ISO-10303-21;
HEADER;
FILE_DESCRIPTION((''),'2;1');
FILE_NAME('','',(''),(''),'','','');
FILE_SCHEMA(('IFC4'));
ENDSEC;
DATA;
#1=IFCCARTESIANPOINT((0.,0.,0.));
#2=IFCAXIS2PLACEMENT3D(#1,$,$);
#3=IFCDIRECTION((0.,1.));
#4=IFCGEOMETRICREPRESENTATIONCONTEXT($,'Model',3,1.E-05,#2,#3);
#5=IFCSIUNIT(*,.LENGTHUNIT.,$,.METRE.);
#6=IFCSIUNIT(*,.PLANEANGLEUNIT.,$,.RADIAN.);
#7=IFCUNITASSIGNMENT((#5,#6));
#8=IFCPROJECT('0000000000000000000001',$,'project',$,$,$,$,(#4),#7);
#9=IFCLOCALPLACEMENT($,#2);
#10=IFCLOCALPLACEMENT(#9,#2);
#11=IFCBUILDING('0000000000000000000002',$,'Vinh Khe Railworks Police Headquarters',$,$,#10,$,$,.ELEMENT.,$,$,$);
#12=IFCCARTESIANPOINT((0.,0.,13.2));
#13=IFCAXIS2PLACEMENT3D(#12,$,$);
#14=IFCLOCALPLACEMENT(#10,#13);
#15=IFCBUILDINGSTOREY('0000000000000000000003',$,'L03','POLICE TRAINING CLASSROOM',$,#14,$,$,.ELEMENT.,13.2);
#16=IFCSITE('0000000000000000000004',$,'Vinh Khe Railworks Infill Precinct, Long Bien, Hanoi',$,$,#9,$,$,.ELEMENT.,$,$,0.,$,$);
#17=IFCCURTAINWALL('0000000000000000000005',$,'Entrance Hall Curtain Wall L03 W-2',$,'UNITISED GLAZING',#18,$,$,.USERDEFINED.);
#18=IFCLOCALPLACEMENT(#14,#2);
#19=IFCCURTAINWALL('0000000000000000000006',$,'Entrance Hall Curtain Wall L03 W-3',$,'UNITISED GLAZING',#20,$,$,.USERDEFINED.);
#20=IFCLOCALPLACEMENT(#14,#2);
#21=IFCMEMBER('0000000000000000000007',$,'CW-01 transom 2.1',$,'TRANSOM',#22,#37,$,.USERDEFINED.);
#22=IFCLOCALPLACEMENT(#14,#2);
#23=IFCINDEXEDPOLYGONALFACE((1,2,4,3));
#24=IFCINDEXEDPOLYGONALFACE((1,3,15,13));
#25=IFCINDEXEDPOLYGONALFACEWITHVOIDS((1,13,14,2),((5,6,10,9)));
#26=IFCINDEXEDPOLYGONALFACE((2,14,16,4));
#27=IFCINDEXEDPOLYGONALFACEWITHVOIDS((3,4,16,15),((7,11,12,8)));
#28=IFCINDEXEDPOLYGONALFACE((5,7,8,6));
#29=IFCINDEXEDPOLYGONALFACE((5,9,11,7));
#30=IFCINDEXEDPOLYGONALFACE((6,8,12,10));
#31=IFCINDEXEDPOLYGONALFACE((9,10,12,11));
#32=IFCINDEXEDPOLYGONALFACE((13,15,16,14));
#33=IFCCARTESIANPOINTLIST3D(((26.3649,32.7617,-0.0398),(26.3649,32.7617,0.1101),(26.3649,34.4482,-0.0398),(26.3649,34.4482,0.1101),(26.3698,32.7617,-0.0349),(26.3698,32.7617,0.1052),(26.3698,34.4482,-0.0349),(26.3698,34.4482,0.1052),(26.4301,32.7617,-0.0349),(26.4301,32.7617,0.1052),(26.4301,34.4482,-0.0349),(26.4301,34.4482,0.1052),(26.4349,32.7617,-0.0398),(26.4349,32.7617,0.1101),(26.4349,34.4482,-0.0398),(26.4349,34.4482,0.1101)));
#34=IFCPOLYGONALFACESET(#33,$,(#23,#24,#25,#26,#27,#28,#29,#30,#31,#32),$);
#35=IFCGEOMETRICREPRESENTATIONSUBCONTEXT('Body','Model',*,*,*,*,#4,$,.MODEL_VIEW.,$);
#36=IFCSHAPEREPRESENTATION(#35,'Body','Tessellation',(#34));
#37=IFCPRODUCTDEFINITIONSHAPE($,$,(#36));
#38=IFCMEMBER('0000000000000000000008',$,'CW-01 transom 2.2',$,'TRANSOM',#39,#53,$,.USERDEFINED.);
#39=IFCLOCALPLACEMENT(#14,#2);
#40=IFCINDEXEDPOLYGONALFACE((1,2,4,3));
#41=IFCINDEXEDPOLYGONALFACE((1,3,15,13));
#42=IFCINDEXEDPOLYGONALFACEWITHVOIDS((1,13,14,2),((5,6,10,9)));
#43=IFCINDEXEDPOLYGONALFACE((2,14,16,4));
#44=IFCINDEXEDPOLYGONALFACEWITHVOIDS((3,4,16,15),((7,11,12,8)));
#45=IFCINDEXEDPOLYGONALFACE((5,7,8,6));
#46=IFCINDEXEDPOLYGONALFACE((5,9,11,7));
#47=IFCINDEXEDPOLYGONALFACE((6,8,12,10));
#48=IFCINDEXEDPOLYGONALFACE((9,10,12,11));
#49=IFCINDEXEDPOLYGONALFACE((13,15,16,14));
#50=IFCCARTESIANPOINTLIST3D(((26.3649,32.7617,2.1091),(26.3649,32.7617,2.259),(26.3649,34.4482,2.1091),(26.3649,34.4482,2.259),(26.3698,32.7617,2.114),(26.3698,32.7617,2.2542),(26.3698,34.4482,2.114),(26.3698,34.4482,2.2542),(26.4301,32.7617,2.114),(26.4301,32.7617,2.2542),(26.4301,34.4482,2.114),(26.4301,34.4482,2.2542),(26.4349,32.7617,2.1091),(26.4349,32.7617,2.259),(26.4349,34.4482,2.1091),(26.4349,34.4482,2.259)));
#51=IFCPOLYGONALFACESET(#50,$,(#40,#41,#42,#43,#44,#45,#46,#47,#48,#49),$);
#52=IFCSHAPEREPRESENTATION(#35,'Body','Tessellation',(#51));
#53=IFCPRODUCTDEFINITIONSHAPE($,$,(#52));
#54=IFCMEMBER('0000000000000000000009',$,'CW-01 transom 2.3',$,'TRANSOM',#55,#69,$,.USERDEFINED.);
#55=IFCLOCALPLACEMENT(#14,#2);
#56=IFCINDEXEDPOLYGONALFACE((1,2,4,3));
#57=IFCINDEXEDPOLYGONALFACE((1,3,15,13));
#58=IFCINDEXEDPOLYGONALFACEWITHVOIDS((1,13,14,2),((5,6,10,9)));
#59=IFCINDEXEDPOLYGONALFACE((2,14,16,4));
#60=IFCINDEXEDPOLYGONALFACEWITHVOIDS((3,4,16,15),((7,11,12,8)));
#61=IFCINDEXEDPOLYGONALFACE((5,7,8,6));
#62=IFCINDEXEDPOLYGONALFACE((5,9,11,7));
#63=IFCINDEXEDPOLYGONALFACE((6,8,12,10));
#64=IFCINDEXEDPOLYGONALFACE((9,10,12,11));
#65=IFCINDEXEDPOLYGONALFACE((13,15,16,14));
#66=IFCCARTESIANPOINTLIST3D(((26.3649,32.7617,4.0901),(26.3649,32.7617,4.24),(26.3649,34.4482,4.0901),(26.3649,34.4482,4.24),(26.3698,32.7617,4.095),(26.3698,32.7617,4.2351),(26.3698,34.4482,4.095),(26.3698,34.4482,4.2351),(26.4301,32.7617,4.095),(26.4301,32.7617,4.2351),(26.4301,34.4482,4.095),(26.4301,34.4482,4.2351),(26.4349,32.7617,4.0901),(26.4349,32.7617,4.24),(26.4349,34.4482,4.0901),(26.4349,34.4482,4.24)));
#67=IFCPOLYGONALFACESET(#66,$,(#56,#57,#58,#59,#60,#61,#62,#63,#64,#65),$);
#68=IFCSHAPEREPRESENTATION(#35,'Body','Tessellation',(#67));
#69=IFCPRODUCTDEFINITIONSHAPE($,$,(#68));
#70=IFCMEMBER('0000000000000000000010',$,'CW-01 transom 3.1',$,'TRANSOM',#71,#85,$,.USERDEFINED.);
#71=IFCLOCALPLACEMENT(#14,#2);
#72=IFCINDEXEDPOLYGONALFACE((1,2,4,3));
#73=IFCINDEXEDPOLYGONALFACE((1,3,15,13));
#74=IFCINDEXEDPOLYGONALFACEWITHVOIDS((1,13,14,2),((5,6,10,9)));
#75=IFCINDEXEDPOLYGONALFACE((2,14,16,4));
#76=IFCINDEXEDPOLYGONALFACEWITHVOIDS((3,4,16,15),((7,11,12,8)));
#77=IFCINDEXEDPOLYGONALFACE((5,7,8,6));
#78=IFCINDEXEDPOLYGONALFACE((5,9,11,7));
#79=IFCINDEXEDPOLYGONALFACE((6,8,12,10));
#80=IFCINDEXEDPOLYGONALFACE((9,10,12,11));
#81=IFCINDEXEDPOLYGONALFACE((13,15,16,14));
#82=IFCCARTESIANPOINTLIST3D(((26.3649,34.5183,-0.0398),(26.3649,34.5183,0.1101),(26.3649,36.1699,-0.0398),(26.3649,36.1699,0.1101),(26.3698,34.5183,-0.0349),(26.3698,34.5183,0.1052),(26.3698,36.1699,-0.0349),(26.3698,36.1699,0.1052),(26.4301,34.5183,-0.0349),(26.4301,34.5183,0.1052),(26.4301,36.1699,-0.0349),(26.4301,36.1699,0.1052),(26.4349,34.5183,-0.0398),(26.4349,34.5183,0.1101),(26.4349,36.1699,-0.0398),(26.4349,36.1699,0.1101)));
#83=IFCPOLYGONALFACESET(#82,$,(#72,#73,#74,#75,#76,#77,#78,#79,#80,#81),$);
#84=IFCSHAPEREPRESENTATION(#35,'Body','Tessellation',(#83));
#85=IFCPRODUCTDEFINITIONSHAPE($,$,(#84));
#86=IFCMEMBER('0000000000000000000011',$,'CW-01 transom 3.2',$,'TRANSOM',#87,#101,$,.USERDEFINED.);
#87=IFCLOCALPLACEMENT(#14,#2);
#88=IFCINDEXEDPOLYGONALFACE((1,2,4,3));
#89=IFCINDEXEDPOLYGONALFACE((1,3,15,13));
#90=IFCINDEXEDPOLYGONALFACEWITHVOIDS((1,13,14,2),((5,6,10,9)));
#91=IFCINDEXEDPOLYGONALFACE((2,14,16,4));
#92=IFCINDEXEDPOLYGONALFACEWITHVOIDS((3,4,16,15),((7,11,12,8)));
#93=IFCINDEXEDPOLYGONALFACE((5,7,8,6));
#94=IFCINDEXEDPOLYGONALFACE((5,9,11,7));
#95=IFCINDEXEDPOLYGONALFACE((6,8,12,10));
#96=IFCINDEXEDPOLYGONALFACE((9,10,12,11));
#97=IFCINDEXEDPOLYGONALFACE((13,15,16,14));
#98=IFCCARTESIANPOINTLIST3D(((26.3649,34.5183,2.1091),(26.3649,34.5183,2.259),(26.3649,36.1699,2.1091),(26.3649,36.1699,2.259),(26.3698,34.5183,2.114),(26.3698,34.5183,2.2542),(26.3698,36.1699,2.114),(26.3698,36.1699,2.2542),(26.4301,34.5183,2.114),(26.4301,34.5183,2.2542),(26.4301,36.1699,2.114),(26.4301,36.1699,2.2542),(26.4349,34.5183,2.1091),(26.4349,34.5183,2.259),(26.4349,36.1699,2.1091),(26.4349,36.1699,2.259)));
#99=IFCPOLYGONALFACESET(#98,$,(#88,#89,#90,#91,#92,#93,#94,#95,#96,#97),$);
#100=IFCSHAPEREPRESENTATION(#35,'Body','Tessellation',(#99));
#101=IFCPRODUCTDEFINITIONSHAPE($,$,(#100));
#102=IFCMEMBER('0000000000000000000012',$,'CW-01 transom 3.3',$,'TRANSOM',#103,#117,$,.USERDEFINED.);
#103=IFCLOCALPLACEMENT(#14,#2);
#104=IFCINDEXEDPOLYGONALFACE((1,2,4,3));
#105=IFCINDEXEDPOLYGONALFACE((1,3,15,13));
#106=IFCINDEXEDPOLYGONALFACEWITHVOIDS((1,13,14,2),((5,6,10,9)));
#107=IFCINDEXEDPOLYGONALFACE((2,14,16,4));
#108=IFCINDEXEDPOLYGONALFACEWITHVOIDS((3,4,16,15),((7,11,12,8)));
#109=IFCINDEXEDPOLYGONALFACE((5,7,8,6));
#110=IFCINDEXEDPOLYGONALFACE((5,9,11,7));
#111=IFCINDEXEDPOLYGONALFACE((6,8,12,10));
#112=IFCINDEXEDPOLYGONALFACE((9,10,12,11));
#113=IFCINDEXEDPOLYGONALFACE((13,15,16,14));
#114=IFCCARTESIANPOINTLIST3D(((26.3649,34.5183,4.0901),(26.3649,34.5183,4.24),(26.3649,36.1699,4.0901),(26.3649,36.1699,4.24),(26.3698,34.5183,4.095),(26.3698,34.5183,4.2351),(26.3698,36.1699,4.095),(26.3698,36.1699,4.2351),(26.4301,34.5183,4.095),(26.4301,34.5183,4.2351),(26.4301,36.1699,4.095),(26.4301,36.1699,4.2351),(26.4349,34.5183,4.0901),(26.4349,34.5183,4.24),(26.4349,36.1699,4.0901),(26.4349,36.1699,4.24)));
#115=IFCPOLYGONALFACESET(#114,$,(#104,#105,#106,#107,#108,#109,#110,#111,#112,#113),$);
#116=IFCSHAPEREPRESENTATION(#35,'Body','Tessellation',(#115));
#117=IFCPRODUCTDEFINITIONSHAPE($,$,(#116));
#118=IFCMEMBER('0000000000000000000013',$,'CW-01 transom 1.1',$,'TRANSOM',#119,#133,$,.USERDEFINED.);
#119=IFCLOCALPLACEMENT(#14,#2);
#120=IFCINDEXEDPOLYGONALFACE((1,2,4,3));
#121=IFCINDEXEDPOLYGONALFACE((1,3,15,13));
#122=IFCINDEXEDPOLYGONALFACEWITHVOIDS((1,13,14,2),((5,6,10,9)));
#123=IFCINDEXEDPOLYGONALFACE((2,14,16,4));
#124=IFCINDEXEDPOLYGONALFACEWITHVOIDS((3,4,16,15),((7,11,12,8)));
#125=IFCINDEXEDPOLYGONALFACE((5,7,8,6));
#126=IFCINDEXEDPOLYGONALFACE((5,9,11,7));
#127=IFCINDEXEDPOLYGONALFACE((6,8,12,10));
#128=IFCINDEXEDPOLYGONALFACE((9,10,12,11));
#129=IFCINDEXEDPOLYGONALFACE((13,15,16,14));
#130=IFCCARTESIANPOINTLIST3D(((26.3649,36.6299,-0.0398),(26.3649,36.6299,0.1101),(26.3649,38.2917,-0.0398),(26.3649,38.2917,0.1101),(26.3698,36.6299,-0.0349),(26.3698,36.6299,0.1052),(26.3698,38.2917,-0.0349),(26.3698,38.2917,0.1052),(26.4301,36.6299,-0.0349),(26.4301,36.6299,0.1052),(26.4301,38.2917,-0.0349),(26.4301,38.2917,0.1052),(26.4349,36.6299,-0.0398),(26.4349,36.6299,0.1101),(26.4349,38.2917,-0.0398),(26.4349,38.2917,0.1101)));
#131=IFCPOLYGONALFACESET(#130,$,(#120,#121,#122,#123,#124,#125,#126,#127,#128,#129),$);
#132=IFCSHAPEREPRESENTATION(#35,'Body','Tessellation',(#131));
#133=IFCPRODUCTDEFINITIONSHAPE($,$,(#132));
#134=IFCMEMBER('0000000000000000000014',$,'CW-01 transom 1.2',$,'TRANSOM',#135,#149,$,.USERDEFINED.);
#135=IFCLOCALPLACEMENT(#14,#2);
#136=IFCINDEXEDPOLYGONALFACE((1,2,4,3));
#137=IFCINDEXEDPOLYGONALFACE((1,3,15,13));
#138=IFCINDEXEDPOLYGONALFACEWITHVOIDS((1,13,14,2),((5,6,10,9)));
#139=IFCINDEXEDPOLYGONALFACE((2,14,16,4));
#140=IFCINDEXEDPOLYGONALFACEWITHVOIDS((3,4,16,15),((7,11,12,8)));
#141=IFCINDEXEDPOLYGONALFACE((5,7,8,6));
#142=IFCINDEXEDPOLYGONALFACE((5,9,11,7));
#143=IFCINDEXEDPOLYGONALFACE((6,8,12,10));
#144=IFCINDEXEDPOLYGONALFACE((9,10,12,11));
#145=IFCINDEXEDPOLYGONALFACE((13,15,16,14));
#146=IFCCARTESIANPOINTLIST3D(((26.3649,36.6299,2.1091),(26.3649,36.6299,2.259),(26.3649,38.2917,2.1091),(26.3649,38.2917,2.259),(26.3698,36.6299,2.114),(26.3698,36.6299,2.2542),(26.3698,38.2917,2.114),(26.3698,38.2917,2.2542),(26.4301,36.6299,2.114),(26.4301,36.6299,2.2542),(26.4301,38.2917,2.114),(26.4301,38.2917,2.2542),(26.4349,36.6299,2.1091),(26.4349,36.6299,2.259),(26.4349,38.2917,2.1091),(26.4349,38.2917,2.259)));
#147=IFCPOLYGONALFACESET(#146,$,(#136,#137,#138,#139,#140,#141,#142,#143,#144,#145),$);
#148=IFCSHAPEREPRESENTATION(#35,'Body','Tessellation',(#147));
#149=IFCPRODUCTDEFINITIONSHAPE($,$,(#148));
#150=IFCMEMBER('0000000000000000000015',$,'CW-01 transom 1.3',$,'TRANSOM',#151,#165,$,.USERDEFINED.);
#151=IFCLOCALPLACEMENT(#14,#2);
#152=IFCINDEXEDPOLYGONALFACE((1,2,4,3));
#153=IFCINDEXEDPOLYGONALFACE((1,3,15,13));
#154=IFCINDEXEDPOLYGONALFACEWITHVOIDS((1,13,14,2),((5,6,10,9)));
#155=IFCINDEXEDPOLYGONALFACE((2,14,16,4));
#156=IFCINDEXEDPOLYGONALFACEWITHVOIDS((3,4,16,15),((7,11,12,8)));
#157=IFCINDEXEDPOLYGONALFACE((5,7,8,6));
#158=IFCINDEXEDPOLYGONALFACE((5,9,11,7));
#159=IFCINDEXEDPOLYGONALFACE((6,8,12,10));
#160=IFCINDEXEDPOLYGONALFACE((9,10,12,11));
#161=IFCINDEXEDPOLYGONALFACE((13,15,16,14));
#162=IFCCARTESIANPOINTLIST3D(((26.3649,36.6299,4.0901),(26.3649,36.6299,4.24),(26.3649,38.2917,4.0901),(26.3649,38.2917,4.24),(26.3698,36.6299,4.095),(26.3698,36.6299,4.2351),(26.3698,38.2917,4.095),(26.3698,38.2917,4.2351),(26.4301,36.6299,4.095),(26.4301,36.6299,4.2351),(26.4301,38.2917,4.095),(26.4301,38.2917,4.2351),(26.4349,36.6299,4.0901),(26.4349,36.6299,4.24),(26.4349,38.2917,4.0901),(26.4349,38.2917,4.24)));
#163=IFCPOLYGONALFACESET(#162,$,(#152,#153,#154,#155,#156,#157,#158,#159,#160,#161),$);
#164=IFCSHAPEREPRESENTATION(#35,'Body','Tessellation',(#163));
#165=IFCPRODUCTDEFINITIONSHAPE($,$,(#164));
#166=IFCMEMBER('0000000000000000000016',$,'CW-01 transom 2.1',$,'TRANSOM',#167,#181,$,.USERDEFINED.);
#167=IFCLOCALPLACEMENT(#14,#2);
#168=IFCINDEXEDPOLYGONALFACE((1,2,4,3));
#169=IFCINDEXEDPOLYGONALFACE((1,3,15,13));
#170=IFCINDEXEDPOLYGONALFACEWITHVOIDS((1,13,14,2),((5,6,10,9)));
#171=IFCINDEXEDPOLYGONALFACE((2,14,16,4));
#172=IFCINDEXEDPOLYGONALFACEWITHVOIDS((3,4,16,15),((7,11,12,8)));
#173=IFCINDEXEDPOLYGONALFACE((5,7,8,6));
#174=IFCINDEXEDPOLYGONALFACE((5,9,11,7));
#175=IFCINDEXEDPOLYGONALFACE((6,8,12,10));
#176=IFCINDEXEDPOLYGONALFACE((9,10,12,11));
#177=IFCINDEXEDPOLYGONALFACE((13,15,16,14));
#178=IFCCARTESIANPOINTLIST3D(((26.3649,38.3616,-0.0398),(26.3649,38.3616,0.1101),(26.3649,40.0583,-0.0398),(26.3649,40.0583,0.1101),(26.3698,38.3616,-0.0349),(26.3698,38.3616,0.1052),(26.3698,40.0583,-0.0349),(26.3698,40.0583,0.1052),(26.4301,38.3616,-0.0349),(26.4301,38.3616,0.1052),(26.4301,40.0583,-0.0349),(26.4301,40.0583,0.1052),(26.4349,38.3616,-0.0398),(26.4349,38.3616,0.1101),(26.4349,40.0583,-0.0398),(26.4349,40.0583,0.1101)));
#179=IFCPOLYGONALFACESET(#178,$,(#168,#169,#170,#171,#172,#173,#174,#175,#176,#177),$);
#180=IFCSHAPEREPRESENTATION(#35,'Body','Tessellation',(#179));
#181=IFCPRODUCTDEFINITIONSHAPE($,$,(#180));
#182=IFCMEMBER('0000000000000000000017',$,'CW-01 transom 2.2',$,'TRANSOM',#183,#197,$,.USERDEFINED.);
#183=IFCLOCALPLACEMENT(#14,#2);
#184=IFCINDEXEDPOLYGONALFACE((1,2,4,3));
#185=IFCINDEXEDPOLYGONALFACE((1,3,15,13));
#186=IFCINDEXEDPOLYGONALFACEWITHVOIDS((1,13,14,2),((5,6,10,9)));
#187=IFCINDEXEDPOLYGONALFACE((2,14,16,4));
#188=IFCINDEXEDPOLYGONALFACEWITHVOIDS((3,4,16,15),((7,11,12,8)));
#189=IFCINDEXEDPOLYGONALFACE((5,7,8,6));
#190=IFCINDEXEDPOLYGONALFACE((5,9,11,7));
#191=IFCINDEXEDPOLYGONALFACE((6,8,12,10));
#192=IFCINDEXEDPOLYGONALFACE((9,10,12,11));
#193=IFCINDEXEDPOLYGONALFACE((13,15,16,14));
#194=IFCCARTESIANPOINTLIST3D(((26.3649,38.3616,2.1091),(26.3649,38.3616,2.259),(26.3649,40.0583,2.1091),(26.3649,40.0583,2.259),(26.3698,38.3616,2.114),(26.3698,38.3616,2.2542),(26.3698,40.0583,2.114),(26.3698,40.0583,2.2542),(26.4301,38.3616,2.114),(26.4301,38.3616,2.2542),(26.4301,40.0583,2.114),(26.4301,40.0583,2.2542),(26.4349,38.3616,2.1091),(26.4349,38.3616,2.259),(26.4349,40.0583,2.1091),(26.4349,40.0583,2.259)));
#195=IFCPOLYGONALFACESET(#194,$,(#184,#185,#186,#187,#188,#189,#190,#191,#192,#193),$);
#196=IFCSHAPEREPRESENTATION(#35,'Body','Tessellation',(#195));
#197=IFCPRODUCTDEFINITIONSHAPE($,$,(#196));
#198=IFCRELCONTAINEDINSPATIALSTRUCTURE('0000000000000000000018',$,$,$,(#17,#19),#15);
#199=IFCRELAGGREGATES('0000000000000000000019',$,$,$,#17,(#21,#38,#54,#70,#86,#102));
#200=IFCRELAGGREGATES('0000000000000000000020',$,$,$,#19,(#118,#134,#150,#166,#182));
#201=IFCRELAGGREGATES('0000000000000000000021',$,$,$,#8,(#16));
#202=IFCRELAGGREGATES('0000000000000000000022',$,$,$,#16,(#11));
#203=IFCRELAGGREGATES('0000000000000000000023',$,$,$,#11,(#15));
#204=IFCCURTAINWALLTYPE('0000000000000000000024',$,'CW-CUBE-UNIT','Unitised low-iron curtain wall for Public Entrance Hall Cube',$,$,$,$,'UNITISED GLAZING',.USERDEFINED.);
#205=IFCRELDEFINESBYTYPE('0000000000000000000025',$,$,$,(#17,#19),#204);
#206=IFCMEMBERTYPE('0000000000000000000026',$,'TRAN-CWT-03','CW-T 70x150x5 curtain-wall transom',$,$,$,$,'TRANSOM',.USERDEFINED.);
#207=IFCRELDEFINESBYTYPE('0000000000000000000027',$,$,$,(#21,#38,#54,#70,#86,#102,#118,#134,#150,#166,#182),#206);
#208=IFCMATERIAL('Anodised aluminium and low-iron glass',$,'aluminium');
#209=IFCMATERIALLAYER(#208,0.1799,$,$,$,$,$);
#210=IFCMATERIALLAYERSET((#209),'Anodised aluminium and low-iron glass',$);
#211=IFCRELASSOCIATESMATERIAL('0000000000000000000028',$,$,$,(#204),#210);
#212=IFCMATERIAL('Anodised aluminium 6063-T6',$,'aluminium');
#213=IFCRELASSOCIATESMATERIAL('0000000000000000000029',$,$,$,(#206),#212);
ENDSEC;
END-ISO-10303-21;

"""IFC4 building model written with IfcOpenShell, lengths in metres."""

from ifc_helpers import new_model, si_unit, direction, frame, origin, origin_2d, place, context, subcontext, project, spatial, hollow_rectangle, extrude, material, layer, layer_set, material_profile, profile_set, type_object, element, aggregate, save


model = new_model("IFC4")

# Units and contexts
model_context = context("Model", 3, precision=1e-05, world=origin(), true_north=direction((0.0, 1.0)))
body_context = subcontext(model_context, "Body", "Model", "MODEL_VIEW")
ifc_project = project(units=[si_unit("LENGTHUNIT", "METRE"), si_unit("PLANEANGLEUNIT", "RADIAN")], contexts=[model_context])

# Site, building, storey
site_placement = place(None, origin())
site = spatial("IfcSite", under=ifc_project, at=site_placement, Name="Vinh Khe Railworks Infill Precinct, Long Bien, Hanoi", CompositionType="ELEMENT", RefElevation=0.0)
building_placement = place(site_placement, origin())
building = spatial("IfcBuilding", under=site, at=building_placement, Name="Vinh Khe Railworks Police Headquarters", CompositionType="ELEMENT")
storey_placement = place(building_placement, frame((0.0, 0.0, 13.2)))
storey = spatial("IfcBuildingStorey", under=building, at=storey_placement, Name="L03", Description="POLICE TRAINING CLASSROOM", CompositionType="ELEMENT", Elevation=13.2)

# Curtain walls
ifc_material_1 = material(Name="Anodised aluminium and low-iron glass", Category="aluminium")
ifc_layer_1 = layer(ifc_material_1, 0.1799)
ifc_layer_set_1 = layer_set([ifc_layer_1], Name="Anodised aluminium and low-iron glass")
curtain_wall_type = type_object("IfcCurtainWallType", Name="CW-CUBE-UNIT", Description="Unitised low-iron curtain wall for Public Entrance Hall Cube", ElementType="UNITISED GLAZING", PredefinedType="USERDEFINED", material=ifc_layer_set_1)
curtain_wall_1_placement = place(storey_placement, origin())
curtain_wall_1 = element("IfcCurtainWall", 1, at=curtain_wall_1_placement, inside=storey, type_object=curtain_wall_type, Name="Entrance Hall Curtain Wall L03 W-2", ObjectType="UNITISED GLAZING", PredefinedType="USERDEFINED")
ifc_material_2 = material(Name="Anodised aluminium 6063-T6", Category="aluminium")
curtain_wall_2_placement = place(storey_placement, origin())
curtain_wall_2 = element("IfcCurtainWall", 2, at=curtain_wall_2_placement, inside=storey, type_object=curtain_wall_type, Name="Entrance Hall Curtain Wall L03 W-3", ObjectType="UNITISED GLAZING", PredefinedType="USERDEFINED")

# Members
ifc_material_profile_1 = material_profile(ifc_material_2, hollow_rectangle(XDim=0.0701, YDim=0.1499, WallThickness=0.0049, at=origin_2d()), Name="CW-T 70x150x5")
ifc_profile_set_1 = profile_set([ifc_material_profile_1], Name="Anodised aluminium 6063-T6")
member_type_1 = type_object("IfcMemberType", Name="TRAN-CWT-03", Description="CW-T 70x150x5 curtain-wall transom", ElementType="TRANSOM", PredefinedType="USERDEFINED", material=ifc_profile_set_1)
member_1_placement = place(storey_placement, frame((26.3999, 32.7617, 0.0352), z_axis=(0.0, 1.0, 0.0), x_axis=(-1.0, 0.0, 0.0)))
member_1 = element("IfcMember", 3, at=member_1_placement, type_object=member_type_1, Name="CW-01 transom 2.1", ObjectType="TRANSOM", PredefinedType="USERDEFINED", context=body_context, shape_type="SweptSolid", body=[
    extrude(hollow_rectangle(XDim=0.0701, YDim=0.1499, WallThickness=0.0049, at=origin_2d()), origin(), (0.0, 0.0, 1.0), 1.6865),
])
member_2_placement = place(storey_placement, frame((26.3999, 32.7617, 2.1841), z_axis=(0.0, 1.0, 0.0), x_axis=(-1.0, 0.0, 0.0)))
member_2 = element("IfcMember", 4, at=member_2_placement, type_object=member_type_1, Name="CW-01 transom 2.2", ObjectType="TRANSOM", PredefinedType="USERDEFINED", context=body_context, shape_type="SweptSolid", body=[
    extrude(hollow_rectangle(XDim=0.0701, YDim=0.1499, WallThickness=0.0049, at=origin_2d()), origin(), (0.0, 0.0, 1.0), 1.6865),
])
member_3_placement = place(storey_placement, frame((26.3999, 32.7617, 4.165), z_axis=(0.0, 1.0, 0.0), x_axis=(-1.0, 0.0, 0.0)))
member_3 = element("IfcMember", 5, at=member_3_placement, type_object=member_type_1, Name="CW-01 transom 2.3", ObjectType="TRANSOM", PredefinedType="USERDEFINED", context=body_context, shape_type="SweptSolid", body=[
    extrude(hollow_rectangle(XDim=0.0701, YDim=0.1499, WallThickness=0.0049, at=origin_2d()), origin(), (0.0, 0.0, 1.0), 1.6865),
])
member_4_placement = place(storey_placement, frame((26.3999, 34.5183, 0.0352), z_axis=(0.0, 1.0, 0.0), x_axis=(-1.0, 0.0, 0.0)))
member_4 = element("IfcMember", 6, at=member_4_placement, type_object=member_type_1, Name="CW-01 transom 3.1", ObjectType="TRANSOM", PredefinedType="USERDEFINED", context=body_context, shape_type="SweptSolid", body=[
    extrude(hollow_rectangle(XDim=0.0701, YDim=0.1499, WallThickness=0.0049, at=origin_2d()), origin(), (0.0, 0.0, 1.0), 1.6516),
])
member_5_placement = place(storey_placement, frame((26.3999, 34.5183, 2.1841), z_axis=(0.0, 1.0, 0.0), x_axis=(-1.0, 0.0, 0.0)))
member_5 = element("IfcMember", 7, at=member_5_placement, type_object=member_type_1, Name="CW-01 transom 3.2", ObjectType="TRANSOM", PredefinedType="USERDEFINED", context=body_context, shape_type="SweptSolid", body=[
    extrude(hollow_rectangle(XDim=0.0701, YDim=0.1499, WallThickness=0.0049, at=origin_2d()), origin(), (0.0, 0.0, 1.0), 1.6516),
])
member_6_placement = place(storey_placement, frame((26.3999, 34.5183, 4.165), z_axis=(0.0, 1.0, 0.0), x_axis=(-1.0, 0.0, 0.0)))
member_6 = element("IfcMember", 8, at=member_6_placement, type_object=member_type_1, Name="CW-01 transom 3.3", ObjectType="TRANSOM", PredefinedType="USERDEFINED", context=body_context, shape_type="SweptSolid", body=[
    extrude(hollow_rectangle(XDim=0.0701, YDim=0.1499, WallThickness=0.0049, at=origin_2d()), origin(), (0.0, 0.0, 1.0), 1.6516),
])
member_7_placement = place(storey_placement, frame((26.3999, 36.6299, 0.0352), z_axis=(0.0, 1.0, 0.0), x_axis=(-1.0, 0.0, 0.0)))
member_7 = element("IfcMember", 9, at=member_7_placement, type_object=member_type_1, Name="CW-01 transom 1.1", ObjectType="TRANSOM", PredefinedType="USERDEFINED", context=body_context, shape_type="SweptSolid", body=[
    extrude(hollow_rectangle(XDim=0.0701, YDim=0.1499, WallThickness=0.0049, at=origin_2d()), origin(), (0.0, 0.0, 1.0), 1.6619),
])
member_8_placement = place(storey_placement, frame((26.3999, 36.6299, 2.1841), z_axis=(0.0, 1.0, 0.0), x_axis=(-1.0, 0.0, 0.0)))
member_8 = element("IfcMember", 10, at=member_8_placement, type_object=member_type_1, Name="CW-01 transom 1.2", ObjectType="TRANSOM", PredefinedType="USERDEFINED", context=body_context, shape_type="SweptSolid", body=[
    extrude(hollow_rectangle(XDim=0.0701, YDim=0.1499, WallThickness=0.0049, at=origin_2d()), origin(), (0.0, 0.0, 1.0), 1.6619),
])
member_9_placement = place(storey_placement, frame((26.3999, 36.6299, 4.165), z_axis=(0.0, 1.0, 0.0), x_axis=(-1.0, 0.0, 0.0)))
member_9 = element("IfcMember", 11, at=member_9_placement, type_object=member_type_1, Name="CW-01 transom 1.3", ObjectType="TRANSOM", PredefinedType="USERDEFINED", context=body_context, shape_type="SweptSolid", body=[
    extrude(hollow_rectangle(XDim=0.0701, YDim=0.1499, WallThickness=0.0049, at=origin_2d()), origin(), (0.0, 0.0, 1.0), 1.6619),
])
member_10_placement = place(storey_placement, frame((26.3999, 38.3616, 0.0352), z_axis=(0.0, 1.0, 0.0), x_axis=(-1.0, 0.0, 0.0)))
member_10 = element("IfcMember", 12, at=member_10_placement, type_object=member_type_1, Name="CW-01 transom 2.1", ObjectType="TRANSOM", PredefinedType="USERDEFINED", context=body_context, shape_type="SweptSolid", body=[
    extrude(hollow_rectangle(XDim=0.0701, YDim=0.1499, WallThickness=0.0049, at=origin_2d()), origin(), (0.0, 0.0, 1.0), 1.6968),
])
member_11_placement = place(storey_placement, frame((26.3999, 38.3616, 2.1841), z_axis=(0.0, 1.0, 0.0), x_axis=(-1.0, 0.0, 0.0)))
member_11 = element("IfcMember", 13, at=member_11_placement, type_object=member_type_1, Name="CW-01 transom 2.2", ObjectType="TRANSOM", PredefinedType="USERDEFINED", context=body_context, shape_type="SweptSolid", body=[
    extrude(hollow_rectangle(XDim=0.0701, YDim=0.1499, WallThickness=0.0049, at=origin_2d()), origin(), (0.0, 0.0, 1.0), 1.6968),
])

aggregate(curtain_wall_1, [member_1, member_2, member_3, member_4, member_5, member_6])
aggregate(curtain_wall_2, [member_7, member_8, member_9, member_10, member_11])

save(model, "model.ifc")
